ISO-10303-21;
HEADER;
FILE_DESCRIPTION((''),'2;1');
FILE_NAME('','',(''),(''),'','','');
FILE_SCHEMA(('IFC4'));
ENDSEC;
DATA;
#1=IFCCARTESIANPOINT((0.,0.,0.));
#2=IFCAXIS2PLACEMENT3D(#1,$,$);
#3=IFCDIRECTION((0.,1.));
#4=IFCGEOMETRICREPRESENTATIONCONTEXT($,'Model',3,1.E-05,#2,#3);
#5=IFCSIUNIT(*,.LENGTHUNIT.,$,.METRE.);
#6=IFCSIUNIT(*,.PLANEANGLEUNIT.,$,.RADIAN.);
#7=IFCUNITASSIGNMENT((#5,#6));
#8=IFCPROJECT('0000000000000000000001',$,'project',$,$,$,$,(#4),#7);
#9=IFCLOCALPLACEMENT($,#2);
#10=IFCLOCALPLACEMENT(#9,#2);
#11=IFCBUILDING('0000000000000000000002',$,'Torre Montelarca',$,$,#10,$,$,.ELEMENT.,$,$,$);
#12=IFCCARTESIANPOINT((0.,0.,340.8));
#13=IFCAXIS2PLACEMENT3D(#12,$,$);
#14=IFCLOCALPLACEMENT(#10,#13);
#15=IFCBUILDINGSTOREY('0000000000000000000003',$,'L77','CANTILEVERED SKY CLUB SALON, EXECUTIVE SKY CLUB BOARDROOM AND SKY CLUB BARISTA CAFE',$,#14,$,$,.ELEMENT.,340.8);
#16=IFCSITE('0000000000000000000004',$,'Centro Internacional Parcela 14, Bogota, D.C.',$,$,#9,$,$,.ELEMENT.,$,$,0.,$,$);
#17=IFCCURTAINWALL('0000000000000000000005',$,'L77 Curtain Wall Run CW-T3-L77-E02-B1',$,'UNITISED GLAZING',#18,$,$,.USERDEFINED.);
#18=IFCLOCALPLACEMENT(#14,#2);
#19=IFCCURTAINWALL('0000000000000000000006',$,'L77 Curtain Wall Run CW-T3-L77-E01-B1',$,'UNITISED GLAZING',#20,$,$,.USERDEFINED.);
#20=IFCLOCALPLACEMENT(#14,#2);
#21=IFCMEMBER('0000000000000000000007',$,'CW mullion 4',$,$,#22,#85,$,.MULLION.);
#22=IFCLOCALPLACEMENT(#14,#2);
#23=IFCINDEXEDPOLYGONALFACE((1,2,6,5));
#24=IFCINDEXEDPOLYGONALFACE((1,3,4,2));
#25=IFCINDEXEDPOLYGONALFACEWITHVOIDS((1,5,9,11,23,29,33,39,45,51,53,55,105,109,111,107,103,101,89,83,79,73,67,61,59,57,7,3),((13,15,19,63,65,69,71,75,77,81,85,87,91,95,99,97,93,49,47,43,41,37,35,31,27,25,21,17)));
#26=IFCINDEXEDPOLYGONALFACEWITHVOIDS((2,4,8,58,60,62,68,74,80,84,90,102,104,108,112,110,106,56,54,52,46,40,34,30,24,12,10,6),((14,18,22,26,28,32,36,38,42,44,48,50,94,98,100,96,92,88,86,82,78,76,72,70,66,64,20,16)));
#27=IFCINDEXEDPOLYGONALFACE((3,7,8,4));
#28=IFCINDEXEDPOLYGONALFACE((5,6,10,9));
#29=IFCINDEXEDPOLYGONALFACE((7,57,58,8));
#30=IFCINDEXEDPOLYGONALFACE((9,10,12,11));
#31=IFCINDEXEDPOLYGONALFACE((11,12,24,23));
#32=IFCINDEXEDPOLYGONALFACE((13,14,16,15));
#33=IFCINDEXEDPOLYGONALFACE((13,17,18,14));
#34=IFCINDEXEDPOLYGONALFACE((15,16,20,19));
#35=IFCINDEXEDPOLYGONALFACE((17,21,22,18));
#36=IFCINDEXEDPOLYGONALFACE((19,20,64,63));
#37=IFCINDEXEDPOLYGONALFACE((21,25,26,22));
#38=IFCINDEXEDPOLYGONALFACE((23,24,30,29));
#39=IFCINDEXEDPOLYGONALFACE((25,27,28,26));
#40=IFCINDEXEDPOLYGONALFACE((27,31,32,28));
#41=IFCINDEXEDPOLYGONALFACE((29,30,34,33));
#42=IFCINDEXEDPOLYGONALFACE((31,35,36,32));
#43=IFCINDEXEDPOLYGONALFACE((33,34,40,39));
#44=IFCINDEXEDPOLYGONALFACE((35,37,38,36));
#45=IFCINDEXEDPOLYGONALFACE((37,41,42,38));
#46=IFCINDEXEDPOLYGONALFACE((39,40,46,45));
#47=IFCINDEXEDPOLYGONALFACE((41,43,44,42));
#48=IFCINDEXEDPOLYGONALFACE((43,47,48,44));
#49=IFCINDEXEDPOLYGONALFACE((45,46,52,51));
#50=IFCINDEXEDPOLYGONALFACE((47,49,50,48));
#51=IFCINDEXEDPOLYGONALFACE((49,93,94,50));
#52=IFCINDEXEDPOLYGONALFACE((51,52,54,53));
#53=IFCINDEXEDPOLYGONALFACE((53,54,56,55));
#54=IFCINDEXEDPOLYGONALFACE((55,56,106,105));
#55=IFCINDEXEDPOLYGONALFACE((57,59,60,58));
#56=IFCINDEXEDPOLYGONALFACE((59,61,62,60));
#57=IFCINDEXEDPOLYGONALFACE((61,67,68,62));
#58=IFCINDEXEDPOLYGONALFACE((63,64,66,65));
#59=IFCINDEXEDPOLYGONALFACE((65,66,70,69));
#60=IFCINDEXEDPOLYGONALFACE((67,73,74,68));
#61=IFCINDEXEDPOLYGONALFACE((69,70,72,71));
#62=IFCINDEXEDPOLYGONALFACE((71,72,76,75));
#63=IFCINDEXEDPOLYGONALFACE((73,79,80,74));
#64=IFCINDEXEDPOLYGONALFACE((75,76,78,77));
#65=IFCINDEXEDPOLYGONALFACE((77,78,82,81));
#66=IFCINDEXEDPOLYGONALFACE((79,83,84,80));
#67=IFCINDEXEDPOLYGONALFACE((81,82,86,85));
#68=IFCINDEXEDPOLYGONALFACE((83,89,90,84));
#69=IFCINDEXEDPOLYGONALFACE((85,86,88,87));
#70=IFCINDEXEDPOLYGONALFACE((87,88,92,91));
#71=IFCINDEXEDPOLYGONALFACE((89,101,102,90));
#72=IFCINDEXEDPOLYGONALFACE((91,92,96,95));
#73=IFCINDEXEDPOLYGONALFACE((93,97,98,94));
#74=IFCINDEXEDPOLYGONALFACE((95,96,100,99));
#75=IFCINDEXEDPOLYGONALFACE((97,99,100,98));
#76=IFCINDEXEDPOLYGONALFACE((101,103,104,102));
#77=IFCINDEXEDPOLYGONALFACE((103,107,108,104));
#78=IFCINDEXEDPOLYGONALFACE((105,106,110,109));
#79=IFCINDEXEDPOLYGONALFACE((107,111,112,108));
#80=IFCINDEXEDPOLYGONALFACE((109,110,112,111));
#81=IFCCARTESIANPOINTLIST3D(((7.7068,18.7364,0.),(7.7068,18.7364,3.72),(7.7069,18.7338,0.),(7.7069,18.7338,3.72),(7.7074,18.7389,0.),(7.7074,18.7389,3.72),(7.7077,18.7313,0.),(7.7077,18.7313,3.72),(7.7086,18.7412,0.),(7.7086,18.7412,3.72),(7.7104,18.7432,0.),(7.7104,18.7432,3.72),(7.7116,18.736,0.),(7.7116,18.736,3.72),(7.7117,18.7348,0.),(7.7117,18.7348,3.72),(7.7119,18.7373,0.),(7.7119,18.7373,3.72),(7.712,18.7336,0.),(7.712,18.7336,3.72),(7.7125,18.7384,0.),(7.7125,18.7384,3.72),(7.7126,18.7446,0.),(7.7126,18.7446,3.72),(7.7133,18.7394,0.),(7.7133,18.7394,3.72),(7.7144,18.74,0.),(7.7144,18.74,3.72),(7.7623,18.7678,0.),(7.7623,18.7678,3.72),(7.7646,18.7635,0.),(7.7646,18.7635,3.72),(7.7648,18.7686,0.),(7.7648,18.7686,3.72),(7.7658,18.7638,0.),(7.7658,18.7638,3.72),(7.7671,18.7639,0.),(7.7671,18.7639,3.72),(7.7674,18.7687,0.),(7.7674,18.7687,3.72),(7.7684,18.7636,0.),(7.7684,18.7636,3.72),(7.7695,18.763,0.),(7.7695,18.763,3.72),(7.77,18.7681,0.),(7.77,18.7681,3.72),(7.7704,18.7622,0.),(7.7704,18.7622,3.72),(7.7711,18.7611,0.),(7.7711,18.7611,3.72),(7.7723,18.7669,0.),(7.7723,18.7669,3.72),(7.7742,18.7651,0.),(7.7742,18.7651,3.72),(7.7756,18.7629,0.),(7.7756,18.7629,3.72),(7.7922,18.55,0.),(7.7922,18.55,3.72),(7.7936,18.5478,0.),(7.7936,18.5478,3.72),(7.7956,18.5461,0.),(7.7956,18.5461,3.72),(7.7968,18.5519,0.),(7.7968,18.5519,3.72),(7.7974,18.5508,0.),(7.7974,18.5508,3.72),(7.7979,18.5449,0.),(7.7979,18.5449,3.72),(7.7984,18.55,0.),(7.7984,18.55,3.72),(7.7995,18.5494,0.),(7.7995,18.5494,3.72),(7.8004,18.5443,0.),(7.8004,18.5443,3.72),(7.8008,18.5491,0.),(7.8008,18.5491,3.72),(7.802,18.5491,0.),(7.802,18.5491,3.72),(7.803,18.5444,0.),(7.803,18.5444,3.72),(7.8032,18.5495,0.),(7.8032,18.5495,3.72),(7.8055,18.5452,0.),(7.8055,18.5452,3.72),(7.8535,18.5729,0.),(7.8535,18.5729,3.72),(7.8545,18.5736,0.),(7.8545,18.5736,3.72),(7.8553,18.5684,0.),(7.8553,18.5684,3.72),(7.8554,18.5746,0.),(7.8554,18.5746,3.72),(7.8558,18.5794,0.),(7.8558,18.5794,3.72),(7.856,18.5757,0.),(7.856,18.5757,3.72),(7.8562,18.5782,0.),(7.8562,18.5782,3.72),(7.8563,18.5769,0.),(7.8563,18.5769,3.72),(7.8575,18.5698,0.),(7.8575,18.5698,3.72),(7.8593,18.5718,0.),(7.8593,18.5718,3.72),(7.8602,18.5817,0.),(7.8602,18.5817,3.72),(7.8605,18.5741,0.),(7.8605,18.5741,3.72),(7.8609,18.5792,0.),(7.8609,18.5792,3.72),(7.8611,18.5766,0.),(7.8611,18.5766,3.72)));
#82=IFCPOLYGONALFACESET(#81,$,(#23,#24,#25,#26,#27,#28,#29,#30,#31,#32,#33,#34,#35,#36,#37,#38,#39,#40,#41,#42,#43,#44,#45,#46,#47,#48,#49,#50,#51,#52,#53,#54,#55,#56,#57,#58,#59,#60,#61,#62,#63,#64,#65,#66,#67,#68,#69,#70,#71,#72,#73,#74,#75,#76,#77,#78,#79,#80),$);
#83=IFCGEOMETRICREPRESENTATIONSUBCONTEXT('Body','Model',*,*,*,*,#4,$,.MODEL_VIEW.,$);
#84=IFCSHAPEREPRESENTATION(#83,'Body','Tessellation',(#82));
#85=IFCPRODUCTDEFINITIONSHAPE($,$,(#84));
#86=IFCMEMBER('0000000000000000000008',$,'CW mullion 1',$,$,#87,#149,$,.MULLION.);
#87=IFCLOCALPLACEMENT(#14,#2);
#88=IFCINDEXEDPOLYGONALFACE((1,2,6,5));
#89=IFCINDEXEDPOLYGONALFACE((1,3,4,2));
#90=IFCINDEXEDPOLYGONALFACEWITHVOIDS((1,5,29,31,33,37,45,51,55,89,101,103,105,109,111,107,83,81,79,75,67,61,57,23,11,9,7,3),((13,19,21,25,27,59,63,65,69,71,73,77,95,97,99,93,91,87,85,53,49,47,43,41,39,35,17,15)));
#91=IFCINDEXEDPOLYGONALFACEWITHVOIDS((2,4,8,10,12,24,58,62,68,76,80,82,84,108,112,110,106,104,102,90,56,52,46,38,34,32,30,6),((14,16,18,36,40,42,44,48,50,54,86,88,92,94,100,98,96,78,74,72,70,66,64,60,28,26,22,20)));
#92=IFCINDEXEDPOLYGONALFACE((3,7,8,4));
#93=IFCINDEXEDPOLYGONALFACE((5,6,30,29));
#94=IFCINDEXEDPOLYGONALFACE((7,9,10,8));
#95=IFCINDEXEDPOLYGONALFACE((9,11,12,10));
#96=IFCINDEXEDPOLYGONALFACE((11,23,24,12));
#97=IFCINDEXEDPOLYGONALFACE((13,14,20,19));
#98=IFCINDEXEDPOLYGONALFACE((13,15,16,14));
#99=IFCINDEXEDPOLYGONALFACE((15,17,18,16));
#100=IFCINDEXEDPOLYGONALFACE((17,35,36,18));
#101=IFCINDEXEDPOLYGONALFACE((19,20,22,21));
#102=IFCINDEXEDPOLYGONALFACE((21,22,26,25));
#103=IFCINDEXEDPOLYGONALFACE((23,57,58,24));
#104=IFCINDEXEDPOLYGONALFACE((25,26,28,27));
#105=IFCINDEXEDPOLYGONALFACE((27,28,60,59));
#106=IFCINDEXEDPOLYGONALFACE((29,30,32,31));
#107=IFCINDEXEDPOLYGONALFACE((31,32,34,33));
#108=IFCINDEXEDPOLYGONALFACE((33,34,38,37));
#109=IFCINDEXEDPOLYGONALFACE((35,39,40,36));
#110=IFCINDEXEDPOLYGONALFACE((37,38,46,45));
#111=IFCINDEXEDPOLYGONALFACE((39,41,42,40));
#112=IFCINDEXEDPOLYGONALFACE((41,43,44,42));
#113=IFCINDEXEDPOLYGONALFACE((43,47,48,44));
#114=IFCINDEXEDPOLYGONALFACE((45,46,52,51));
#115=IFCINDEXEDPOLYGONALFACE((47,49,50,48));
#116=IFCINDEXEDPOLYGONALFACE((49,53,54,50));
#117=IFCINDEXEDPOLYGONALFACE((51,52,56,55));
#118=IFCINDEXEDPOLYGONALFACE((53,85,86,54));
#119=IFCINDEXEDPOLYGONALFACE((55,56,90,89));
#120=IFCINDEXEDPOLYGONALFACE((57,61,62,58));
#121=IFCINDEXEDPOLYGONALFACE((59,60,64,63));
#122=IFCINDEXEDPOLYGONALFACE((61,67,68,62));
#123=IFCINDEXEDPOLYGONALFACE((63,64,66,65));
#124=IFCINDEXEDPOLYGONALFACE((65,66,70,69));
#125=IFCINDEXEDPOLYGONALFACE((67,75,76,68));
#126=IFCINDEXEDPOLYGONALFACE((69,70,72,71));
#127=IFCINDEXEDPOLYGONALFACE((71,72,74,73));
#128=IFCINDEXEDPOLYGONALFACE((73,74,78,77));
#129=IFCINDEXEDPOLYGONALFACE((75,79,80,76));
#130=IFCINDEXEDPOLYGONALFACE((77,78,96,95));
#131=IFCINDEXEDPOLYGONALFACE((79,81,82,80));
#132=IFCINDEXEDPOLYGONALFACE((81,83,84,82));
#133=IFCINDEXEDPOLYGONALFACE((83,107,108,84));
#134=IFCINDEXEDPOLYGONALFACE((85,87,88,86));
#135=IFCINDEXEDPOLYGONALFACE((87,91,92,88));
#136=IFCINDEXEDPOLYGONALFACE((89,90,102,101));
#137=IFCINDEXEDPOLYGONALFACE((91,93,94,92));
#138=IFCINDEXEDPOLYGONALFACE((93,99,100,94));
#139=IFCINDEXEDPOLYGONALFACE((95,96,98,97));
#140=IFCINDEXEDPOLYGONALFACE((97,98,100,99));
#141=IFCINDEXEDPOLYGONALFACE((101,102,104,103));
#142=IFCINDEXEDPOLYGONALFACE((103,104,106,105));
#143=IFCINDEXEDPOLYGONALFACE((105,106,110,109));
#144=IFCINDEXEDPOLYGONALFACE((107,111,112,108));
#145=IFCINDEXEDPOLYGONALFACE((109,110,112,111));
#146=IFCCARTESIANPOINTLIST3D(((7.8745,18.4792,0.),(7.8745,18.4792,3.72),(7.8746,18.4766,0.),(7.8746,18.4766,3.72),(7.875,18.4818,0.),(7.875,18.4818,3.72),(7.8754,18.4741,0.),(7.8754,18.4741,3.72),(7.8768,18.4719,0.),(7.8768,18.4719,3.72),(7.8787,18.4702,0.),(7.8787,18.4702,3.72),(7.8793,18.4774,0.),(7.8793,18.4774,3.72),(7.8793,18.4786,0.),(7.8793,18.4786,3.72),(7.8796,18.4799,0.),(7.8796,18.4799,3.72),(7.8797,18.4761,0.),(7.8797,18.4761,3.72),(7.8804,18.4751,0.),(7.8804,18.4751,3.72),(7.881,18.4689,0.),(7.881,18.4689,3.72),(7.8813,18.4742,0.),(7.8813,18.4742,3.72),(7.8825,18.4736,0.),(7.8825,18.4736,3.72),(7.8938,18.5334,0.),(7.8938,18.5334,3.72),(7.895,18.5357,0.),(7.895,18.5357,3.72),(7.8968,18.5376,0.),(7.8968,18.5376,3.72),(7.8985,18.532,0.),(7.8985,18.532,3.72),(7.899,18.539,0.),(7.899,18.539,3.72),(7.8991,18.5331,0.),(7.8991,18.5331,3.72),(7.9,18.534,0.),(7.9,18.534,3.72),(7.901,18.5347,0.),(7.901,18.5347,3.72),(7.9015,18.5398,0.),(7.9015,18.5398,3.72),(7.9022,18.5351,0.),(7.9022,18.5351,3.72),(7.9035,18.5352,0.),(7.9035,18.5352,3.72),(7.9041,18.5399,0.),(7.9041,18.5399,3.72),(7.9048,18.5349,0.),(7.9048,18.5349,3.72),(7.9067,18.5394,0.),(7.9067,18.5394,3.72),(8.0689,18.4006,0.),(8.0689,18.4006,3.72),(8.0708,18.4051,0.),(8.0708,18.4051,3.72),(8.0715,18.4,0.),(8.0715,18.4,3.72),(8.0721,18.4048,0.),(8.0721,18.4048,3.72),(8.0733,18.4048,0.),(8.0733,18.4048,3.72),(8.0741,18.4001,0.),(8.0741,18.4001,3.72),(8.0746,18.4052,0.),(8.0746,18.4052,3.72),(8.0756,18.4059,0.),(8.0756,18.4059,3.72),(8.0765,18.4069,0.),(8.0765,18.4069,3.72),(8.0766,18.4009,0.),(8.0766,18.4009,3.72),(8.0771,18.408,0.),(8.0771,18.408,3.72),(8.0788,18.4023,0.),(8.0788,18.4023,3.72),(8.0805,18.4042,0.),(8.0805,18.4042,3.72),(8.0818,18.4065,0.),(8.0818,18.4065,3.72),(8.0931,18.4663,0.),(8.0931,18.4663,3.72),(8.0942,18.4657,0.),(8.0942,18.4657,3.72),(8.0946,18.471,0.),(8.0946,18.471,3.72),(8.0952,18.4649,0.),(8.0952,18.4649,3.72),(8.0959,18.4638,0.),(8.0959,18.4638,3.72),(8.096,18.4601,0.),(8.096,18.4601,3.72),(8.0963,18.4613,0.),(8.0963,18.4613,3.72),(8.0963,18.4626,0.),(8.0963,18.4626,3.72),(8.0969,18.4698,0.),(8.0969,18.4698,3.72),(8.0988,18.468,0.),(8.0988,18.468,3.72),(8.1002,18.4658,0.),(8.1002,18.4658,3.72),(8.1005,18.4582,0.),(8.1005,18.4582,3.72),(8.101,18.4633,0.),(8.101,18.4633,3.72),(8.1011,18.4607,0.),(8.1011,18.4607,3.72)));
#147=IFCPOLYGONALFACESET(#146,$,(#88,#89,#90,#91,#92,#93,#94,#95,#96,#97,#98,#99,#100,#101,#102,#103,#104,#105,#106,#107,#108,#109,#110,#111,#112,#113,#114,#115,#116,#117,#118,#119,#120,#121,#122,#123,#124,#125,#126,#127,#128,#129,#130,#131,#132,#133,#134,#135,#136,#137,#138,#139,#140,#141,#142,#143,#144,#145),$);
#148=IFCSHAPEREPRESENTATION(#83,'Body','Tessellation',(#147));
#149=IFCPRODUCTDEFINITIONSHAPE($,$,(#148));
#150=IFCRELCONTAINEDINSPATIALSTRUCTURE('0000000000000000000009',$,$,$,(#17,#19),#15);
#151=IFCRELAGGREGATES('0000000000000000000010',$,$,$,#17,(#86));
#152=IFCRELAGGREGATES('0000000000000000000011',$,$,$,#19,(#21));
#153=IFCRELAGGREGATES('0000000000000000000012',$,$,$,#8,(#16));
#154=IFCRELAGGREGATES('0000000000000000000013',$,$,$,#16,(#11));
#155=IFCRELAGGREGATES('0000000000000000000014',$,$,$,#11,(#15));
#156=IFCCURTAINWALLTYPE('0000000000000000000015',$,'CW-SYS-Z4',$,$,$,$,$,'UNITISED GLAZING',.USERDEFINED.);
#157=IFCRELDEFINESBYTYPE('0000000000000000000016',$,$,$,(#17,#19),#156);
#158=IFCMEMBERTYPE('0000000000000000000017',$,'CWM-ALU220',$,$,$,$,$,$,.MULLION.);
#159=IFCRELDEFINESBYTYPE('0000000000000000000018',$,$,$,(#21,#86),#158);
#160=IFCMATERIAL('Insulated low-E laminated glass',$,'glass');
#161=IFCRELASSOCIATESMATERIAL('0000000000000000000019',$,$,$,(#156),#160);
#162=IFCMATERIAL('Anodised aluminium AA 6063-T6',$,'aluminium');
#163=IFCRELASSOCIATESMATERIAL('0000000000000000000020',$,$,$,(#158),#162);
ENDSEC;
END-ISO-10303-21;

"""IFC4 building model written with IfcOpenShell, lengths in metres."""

from ifc_helpers import new_model, si_unit, direction, frame, origin, origin_2d, place, context, subcontext, project, spatial, hollow_rectangle, extrude, source, transform, mapped, material, material_profile, profile_set, type_object, element, aggregate, save


model = new_model("IFC4")

# Units and contexts
model_context = context("Model", 3, precision=1e-05, world=origin(), true_north=direction((0.0, 1.0)))
body_context = subcontext(model_context, "Body", "Model", "MODEL_VIEW")
ifc_project = project(units=[si_unit("LENGTHUNIT", "METRE"), si_unit("PLANEANGLEUNIT", "RADIAN")], contexts=[model_context])

# Site, building, storey
site_placement = place(None, origin())
site = spatial("IfcSite", under=ifc_project, at=site_placement, Name="Centro Internacional Parcela 14, Bogota, D.C.", CompositionType="ELEMENT", RefElevation=0.0)
building_placement = place(site_placement, origin())
building = spatial("IfcBuilding", under=site, at=building_placement, Name="Torre Montelarca", CompositionType="ELEMENT")
storey_placement = place(building_placement, frame((0.0, 0.0, 340.8)))
storey = spatial("IfcBuildingStorey", under=building, at=storey_placement, Name="L77", Description="CANTILEVERED SKY CLUB SALON, EXECUTIVE SKY CLUB BOARDROOM AND SKY CLUB BARISTA CAFE", CompositionType="ELEMENT", Elevation=340.8)

# Curtain walls, member
ifc_material_1 = material(Name="Insulated low-E laminated glass", Category="glass")
curtain_wall_type = type_object("IfcCurtainWallType", Name="CW-SYS-Z4", ElementType="UNITISED GLAZING", PredefinedType="USERDEFINED", material=ifc_material_1)
curtain_wall_1_placement = place(storey_placement, origin())
curtain_wall_1 = element("IfcCurtainWall", 1, at=curtain_wall_1_placement, inside=storey, type_object=curtain_wall_type, Name="L77 Curtain Wall Run CW-T3-L77-E02-B1", ObjectType="UNITISED GLAZING", PredefinedType="USERDEFINED")
ifc_material_2 = material(Name="Anodised aluminium AA 6063-T6", Category="aluminium")
curtain_wall_2_placement = place(storey_placement, origin())
curtain_wall_2 = element("IfcCurtainWall", 2, at=curtain_wall_2_placement, inside=storey, type_object=curtain_wall_type, Name="L77 Curtain Wall Run CW-T3-L77-E01-B1", ObjectType="UNITISED GLAZING", PredefinedType="USERDEFINED")
ifc_material_profile_1 = material_profile(ifc_material_2, hollow_rectangle(XDim=0.075, YDim=0.22, WallThickness=0.0049, InnerFilletRadius=0.0049, OuterFilletRadius=0.01, at=origin_2d()), Name="ALU75X220X5", Category="aluminium")
ifc_profile_set_1 = profile_set([ifc_material_profile_1], Name="Anodised aluminium AA 6063-T6")
member_type_1 = type_object("IfcMemberType", Name="CWM-ALU220", PredefinedType="MULLION", material=ifc_profile_set_1)
shared_shape_1 = source(origin(), body_context, "Body", "SweptSolid", [
    extrude(hollow_rectangle(XDim=0.075, YDim=0.22, WallThickness=0.0049, InnerFilletRadius=0.0049, OuterFilletRadius=0.01, at=origin_2d()), origin(), (0.0, 0.0, 1.0), 3.72),
])
member_1_placement = place(storey_placement, frame((7.7839, 18.6565, 0.0), z_axis=(0.0, 0.0, 1.0), x_axis=(0.906311, 0.422612, 0.0)))
member_1 = element("IfcMember", 3, at=member_1_placement, type_object=member_type_1, Name="CW mullion 4", PredefinedType="MULLION", context=body_context, shape_type="MappedRepresentation", body=[
    mapped(shared_shape_1, transform((0.0, 0.0, 0.0), scale=1.0)),
])

# Member
member_2_placement = place(storey_placement, frame((7.9878, 18.47, 0.0), z_axis=(0.0, 0.0, 1.0), x_axis=(0.342024, 0.939691, 0.0)))
member_2 = element("IfcMember", 4, at=member_2_placement, type_object=member_type_1, Name="CW mullion 1", PredefinedType="MULLION", context=body_context, shape_type="MappedRepresentation", body=[
    mapped(shared_shape_1, transform((0.0, 0.0, 0.0), scale=1.0)),
])

aggregate(curtain_wall_1, [member_2])
aggregate(curtain_wall_2, [member_1])

save(model, "model.ifc")
